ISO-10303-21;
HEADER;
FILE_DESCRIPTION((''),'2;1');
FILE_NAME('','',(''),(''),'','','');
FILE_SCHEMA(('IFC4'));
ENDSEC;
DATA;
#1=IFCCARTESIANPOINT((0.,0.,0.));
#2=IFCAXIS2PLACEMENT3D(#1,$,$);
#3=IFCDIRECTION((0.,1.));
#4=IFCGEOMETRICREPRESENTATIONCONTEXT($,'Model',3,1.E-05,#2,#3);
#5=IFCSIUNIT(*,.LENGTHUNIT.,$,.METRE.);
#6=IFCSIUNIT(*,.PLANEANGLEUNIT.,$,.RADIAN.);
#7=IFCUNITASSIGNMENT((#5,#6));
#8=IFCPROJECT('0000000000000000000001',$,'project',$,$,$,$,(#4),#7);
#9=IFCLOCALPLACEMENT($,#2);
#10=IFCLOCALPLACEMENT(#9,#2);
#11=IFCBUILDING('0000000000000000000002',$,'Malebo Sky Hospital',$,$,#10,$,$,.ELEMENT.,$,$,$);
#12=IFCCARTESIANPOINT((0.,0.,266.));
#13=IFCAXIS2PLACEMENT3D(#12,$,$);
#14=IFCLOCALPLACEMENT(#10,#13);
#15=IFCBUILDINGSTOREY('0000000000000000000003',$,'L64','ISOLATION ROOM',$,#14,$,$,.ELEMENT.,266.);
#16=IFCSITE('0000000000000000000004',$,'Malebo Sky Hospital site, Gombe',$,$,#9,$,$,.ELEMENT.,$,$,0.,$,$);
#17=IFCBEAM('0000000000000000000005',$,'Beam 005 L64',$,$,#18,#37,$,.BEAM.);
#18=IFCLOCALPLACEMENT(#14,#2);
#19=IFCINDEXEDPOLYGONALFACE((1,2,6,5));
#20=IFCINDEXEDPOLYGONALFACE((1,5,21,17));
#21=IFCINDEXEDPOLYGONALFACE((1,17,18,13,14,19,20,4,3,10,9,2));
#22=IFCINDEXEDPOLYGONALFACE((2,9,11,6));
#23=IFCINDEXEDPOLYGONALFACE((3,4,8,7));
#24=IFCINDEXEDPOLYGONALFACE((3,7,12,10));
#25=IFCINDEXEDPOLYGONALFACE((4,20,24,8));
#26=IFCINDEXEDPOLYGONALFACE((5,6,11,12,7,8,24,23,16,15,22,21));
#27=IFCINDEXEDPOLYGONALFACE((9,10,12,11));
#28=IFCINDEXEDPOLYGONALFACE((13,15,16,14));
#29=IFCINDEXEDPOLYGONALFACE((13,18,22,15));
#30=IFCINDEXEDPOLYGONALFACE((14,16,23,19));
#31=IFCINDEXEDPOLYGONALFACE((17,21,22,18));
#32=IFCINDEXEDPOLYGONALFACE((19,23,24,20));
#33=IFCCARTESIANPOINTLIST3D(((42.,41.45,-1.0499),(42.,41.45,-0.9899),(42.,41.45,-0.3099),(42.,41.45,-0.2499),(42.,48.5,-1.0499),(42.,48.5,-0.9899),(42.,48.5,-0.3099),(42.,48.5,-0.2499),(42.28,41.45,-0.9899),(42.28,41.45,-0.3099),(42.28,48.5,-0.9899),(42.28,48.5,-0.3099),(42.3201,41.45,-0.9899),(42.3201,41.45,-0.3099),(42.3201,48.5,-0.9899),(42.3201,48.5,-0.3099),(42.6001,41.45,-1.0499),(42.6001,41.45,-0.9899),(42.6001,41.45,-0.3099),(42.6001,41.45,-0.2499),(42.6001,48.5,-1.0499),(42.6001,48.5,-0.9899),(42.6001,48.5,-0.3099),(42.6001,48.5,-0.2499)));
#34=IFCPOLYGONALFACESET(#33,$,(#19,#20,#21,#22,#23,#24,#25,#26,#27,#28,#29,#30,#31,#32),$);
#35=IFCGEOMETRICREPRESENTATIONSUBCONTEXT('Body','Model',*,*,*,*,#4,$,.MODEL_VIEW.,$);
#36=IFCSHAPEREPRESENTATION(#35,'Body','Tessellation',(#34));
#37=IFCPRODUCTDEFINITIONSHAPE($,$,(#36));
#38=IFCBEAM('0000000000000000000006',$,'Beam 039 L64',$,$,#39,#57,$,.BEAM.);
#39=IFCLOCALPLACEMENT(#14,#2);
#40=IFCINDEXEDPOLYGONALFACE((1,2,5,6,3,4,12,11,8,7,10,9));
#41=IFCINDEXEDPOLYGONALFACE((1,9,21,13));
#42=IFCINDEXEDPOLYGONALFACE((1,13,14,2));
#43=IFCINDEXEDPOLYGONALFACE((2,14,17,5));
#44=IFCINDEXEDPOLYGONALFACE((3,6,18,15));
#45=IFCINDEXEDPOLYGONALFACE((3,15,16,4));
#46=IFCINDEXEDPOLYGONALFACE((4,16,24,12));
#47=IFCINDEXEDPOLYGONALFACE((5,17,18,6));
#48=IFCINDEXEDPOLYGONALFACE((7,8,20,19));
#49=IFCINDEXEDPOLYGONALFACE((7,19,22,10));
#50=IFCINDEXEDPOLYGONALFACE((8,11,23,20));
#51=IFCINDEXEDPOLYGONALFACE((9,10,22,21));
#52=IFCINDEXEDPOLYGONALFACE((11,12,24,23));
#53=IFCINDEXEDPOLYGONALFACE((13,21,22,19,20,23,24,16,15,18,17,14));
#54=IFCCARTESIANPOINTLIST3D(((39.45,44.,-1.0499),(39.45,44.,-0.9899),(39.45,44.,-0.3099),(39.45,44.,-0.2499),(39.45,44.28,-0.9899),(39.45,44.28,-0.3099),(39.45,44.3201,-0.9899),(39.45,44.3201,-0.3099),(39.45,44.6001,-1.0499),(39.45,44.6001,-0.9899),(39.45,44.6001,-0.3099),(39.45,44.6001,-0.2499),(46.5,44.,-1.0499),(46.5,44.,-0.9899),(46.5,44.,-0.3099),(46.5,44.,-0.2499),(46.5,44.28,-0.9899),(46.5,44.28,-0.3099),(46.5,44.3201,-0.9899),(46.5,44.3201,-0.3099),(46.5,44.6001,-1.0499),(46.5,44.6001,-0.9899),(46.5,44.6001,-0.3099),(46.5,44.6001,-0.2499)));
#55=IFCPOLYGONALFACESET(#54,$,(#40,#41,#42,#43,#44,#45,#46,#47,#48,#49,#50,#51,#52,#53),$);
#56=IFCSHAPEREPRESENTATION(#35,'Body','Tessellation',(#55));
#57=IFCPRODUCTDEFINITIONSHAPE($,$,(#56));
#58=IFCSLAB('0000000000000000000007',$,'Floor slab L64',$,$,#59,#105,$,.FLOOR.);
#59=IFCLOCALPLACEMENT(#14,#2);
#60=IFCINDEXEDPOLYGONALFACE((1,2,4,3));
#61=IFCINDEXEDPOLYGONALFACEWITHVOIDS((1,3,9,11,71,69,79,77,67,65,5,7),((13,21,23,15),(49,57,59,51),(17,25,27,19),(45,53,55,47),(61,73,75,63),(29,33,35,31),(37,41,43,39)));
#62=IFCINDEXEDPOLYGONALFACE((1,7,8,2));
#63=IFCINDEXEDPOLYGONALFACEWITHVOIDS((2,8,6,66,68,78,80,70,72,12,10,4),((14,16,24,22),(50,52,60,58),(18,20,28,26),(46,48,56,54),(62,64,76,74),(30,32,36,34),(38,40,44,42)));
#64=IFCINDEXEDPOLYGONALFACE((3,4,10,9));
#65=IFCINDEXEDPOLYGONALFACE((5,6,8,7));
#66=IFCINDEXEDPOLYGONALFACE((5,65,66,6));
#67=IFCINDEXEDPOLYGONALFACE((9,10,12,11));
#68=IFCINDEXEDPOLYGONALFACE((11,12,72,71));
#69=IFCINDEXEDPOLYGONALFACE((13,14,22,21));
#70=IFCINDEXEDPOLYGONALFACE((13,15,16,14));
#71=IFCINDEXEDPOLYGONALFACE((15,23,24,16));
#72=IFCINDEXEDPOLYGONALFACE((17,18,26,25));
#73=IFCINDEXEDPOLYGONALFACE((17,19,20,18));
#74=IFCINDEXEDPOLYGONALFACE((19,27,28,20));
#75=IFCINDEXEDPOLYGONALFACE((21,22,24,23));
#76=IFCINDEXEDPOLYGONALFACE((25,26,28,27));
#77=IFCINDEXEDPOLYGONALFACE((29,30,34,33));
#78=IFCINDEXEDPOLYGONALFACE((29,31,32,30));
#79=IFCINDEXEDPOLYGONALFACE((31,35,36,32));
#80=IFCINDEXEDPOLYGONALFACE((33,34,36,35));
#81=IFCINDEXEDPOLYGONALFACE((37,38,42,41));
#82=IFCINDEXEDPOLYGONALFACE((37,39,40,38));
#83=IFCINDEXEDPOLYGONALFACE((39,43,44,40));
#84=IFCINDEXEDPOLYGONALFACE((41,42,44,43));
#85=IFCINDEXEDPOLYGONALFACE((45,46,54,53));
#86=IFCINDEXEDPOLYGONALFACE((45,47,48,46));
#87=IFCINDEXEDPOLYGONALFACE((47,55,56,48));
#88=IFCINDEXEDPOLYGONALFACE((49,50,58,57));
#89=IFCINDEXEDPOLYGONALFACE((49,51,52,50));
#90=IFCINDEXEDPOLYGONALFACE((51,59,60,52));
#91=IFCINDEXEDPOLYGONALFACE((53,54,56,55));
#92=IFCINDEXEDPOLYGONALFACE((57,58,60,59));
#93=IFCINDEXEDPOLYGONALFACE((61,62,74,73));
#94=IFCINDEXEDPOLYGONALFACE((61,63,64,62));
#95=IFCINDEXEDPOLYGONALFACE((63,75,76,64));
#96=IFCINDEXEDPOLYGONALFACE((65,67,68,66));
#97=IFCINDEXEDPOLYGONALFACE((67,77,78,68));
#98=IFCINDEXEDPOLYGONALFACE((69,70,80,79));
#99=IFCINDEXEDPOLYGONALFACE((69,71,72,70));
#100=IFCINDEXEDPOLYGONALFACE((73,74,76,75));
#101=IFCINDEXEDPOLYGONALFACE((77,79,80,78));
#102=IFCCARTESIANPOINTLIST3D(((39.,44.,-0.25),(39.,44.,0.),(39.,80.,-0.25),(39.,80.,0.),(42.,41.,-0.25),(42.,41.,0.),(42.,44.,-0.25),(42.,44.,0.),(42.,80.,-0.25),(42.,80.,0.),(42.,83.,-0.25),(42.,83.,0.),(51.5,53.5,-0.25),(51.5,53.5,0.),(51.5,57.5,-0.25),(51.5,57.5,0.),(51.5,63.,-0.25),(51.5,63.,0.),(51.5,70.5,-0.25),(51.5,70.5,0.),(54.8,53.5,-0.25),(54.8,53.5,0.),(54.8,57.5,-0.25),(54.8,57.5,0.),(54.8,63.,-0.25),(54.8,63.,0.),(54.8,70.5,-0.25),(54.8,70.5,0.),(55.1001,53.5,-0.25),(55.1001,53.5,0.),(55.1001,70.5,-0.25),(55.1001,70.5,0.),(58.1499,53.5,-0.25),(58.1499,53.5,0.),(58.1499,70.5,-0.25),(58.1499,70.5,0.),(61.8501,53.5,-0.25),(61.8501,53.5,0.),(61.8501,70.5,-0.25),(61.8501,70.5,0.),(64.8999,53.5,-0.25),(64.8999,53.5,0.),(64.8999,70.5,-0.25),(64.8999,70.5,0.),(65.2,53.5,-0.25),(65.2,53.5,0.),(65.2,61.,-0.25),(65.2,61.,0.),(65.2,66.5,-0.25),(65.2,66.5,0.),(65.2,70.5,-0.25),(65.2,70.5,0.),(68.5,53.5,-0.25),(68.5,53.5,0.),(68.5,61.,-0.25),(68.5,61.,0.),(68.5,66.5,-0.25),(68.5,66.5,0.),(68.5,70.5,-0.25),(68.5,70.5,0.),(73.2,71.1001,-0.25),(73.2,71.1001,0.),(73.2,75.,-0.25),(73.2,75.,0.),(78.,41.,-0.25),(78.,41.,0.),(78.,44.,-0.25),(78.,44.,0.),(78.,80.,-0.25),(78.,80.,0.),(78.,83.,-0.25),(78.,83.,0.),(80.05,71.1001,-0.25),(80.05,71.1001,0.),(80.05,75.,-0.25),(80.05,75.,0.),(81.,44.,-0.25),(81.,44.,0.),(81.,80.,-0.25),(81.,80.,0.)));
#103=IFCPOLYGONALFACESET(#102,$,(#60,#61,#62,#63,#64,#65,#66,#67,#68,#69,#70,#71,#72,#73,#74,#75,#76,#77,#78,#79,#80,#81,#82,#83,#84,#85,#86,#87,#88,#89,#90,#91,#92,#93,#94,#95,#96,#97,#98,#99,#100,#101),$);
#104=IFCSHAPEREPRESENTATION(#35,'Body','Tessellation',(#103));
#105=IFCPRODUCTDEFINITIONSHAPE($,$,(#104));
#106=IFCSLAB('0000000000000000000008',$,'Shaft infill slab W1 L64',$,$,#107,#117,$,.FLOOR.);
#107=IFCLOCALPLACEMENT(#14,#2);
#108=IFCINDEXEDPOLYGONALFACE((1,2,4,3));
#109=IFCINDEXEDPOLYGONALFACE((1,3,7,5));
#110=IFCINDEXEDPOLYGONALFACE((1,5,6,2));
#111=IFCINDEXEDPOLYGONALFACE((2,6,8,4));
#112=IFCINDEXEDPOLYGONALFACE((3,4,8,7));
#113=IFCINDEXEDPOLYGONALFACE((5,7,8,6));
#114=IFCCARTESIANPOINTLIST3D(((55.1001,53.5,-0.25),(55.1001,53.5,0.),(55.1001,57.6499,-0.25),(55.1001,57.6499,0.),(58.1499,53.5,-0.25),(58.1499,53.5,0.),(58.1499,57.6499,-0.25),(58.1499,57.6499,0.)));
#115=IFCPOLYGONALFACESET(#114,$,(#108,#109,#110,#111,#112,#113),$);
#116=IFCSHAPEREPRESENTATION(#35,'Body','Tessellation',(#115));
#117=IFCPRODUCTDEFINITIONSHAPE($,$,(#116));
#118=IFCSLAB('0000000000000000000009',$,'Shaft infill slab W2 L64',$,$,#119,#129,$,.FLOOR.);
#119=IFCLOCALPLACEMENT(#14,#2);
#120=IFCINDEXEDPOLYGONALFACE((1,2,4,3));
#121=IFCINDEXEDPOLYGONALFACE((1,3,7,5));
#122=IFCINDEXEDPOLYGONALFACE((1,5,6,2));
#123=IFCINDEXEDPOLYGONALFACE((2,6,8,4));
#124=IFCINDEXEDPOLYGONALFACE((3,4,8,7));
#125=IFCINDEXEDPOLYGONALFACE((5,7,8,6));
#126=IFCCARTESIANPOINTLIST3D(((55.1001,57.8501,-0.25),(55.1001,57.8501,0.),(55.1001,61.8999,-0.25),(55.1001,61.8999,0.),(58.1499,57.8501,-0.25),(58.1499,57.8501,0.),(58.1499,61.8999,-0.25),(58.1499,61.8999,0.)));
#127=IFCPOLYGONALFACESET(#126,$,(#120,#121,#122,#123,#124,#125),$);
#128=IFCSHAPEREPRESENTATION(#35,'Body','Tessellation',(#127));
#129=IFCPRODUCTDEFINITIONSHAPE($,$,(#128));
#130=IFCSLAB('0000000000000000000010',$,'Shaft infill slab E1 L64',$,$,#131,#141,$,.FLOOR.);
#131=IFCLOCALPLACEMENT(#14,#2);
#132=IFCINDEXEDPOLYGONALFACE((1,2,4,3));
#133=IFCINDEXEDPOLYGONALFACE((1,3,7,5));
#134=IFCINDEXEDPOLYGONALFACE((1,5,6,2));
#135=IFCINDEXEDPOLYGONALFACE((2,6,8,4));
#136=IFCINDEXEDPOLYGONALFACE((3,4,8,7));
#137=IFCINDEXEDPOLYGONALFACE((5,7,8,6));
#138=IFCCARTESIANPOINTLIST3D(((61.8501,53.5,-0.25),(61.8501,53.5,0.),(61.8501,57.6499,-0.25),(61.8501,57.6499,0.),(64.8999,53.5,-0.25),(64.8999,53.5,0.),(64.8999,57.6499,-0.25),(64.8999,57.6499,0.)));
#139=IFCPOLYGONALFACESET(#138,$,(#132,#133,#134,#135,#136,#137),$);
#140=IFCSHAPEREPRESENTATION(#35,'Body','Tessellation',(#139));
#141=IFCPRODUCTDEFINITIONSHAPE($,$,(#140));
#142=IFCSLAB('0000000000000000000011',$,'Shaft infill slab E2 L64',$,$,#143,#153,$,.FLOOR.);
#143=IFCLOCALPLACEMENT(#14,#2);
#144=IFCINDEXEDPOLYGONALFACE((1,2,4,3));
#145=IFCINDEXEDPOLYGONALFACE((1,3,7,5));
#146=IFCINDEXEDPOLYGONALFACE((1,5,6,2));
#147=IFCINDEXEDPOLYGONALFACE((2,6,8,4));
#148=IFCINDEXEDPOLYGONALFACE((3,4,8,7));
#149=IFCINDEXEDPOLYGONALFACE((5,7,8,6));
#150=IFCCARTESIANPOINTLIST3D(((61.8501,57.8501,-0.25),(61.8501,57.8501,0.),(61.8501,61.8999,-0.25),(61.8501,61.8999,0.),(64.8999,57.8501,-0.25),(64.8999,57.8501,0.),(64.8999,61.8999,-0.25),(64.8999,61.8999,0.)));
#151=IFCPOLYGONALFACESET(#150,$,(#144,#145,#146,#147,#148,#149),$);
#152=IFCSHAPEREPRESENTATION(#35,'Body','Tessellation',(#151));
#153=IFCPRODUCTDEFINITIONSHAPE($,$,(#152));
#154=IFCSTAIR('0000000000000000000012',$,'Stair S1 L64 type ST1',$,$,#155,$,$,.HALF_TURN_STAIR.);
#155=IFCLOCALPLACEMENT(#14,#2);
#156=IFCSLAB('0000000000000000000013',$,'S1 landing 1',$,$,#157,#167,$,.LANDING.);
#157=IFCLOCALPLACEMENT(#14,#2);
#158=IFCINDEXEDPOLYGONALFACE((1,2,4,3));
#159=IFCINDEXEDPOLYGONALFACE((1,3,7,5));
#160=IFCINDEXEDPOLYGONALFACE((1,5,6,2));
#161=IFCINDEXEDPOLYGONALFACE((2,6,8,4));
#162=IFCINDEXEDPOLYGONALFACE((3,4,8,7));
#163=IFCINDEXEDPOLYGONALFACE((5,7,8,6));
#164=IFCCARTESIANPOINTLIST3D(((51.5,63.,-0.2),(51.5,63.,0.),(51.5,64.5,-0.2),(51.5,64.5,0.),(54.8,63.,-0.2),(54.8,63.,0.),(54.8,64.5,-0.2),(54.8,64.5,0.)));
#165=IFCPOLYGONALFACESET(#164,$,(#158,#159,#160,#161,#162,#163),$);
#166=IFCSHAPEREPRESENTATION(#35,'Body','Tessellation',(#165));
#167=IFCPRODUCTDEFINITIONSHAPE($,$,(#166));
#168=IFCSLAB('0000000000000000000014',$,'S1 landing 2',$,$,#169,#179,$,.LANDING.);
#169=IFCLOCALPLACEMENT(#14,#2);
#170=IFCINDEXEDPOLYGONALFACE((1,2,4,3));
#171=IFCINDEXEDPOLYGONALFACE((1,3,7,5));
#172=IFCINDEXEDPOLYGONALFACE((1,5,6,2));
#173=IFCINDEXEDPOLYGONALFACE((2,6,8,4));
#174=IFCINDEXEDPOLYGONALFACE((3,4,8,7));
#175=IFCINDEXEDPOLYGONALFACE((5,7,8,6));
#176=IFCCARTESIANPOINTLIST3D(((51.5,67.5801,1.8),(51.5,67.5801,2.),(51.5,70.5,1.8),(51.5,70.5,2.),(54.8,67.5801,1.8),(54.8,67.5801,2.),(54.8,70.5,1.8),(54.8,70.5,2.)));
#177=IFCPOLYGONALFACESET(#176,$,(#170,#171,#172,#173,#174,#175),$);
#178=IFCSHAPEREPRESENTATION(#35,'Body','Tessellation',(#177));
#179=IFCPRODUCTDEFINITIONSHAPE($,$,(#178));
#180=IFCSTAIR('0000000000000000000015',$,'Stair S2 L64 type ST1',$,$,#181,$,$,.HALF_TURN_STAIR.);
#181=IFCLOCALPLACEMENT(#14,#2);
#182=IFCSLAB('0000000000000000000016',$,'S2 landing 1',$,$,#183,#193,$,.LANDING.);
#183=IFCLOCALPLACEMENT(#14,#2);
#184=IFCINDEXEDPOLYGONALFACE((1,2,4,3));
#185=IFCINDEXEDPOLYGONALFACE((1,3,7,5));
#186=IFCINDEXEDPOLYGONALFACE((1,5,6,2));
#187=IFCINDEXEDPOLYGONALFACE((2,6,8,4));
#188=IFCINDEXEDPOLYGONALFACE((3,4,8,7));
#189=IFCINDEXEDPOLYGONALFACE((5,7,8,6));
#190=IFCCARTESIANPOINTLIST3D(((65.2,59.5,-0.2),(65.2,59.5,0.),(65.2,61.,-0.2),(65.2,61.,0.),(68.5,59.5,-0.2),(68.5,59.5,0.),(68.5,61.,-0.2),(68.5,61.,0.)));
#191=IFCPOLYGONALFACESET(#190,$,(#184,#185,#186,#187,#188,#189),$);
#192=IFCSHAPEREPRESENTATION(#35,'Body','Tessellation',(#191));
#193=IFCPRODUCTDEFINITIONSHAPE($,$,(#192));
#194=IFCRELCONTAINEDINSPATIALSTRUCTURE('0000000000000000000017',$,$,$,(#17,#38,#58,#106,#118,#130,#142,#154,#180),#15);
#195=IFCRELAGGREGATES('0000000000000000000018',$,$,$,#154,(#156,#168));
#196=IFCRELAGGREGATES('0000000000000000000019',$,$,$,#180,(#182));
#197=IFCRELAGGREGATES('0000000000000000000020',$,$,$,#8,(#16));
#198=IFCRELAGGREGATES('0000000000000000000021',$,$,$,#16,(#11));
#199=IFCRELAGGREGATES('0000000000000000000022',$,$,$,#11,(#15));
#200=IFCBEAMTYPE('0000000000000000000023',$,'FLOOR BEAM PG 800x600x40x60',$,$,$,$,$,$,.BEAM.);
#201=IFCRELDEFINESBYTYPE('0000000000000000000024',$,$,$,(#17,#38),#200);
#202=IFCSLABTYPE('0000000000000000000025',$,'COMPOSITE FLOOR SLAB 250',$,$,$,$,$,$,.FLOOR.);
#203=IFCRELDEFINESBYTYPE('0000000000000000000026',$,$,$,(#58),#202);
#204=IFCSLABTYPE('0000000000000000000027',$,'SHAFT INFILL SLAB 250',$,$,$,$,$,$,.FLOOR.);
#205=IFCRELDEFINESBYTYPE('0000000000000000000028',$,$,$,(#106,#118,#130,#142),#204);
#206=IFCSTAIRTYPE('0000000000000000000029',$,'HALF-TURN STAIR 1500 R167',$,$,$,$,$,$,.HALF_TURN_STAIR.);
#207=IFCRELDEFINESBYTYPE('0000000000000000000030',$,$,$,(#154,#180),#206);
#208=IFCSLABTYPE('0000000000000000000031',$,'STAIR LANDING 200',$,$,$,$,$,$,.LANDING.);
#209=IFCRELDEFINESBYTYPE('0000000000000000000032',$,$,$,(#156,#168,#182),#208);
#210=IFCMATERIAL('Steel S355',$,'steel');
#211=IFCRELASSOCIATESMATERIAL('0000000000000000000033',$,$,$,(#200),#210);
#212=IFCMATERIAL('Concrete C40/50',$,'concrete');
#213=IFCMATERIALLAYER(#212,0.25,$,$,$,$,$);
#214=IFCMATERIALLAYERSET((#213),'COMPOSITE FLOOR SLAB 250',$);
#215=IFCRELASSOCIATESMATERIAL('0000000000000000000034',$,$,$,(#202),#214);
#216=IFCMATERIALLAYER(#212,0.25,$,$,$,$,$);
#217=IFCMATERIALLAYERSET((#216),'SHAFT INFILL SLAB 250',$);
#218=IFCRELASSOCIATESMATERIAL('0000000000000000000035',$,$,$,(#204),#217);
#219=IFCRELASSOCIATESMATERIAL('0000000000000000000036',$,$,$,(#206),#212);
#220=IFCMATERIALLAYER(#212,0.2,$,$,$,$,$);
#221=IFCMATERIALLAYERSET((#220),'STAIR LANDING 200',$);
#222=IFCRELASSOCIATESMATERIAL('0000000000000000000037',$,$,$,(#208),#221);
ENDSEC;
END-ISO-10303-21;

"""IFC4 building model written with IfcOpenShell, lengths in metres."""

from ifc_helpers import new_model, si_unit, direction, frame, origin, origin_2d, place, context, subcontext, project, spatial, polyline, i_section, outline, extrude, material, layer, layer_set, material_profile, profile_set, type_object, element, aggregate, save


model = new_model("IFC4")

# Units and contexts
model_context = context("Model", 3, precision=1e-05, world=origin(), true_north=direction((0.0, 1.0)))
body_context = subcontext(model_context, "Body", "Model", "MODEL_VIEW")
ifc_project = project(units=[si_unit("LENGTHUNIT", "METRE"), si_unit("PLANEANGLEUNIT", "RADIAN")], contexts=[model_context])

# Site, building, storey
site_placement = place(None, origin())
site = spatial("IfcSite", under=ifc_project, at=site_placement, Name="Malebo Sky Hospital site, Gombe", CompositionType="ELEMENT", RefElevation=0.0)
building_placement = place(site_placement, origin())
building = spatial("IfcBuilding", under=site, at=building_placement, Name="Malebo Sky Hospital", CompositionType="ELEMENT")
storey_placement = place(building_placement, frame((0.0, 0.0, 266.0)))
storey = spatial("IfcBuildingStorey", under=building, at=storey_placement, Name="L64", Description="ISOLATION ROOM", CompositionType="ELEMENT", Elevation=266.0)

# Beams
ifc_material_1 = material(Name="Steel S355", Category="steel")
ifc_material_profile_1 = material_profile(ifc_material_1, i_section(OverallWidth=0.6001, OverallDepth=0.8, WebThickness=0.04, FlangeThickness=0.0601, at=origin_2d()), Name="PG 800x600x40x60")
ifc_profile_set_1 = profile_set([ifc_material_profile_1], Name="Steel S355")
beam_type_1 = type_object("IfcBeamType", Name="FLOOR BEAM PG 800x600x40x60", PredefinedType="BEAM", material=ifc_profile_set_1)
for number, where, z_axis, x_axis, name in (
    (1, (42.3, 41.45, -0.6499), (0.0, 1.0, 0.0), (-1.0, 0.0, 0.0), "Beam 005 L64"),
    (2, (39.45, 44.3, -0.6499), (1.0, 0.0, 0.0), (0.0, 1.0, 0.0), "Beam 039 L64"),
):
    element("IfcBeam", number, at=place(storey_placement, frame(where, z_axis=z_axis, x_axis=x_axis)), inside=storey, type_object=beam_type_1, Name=name, PredefinedType="BEAM", context=body_context, shape_type="SweptSolid", body=[
        extrude(i_section(OverallWidth=0.6001, OverallDepth=0.8, WebThickness=0.04, FlangeThickness=0.0601, at=origin_2d()), origin(), (0.0, 0.0, 1.0), 7.05),
    ])

# Slabs
ifc_material_2 = material(Name="Concrete C40/50", Category="concrete")
ifc_layer_1 = layer(ifc_material_2, 0.25)
ifc_layer_set_1 = layer_set([ifc_layer_1], Name="COMPOSITE FLOOR SLAB 250")
slab_type_1 = type_object("IfcSlabType", Name="COMPOSITE FLOOR SLAB 250", PredefinedType="FLOOR", material=ifc_layer_set_1)
slab_1_placement = place(storey_placement, frame((0.0, 0.0, -0.25)))
element("IfcSlab", 3, at=slab_1_placement, inside=storey, type_object=slab_type_1, Name="Floor slab L64", PredefinedType="FLOOR", context=body_context, shape_type="SweptSolid", body=[
    extrude(outline(polyline([(42.0, 83.0), (42.0, 80.0), (39.0, 80.0), (39.0, 44.0), (42.0, 44.0), (42.0, 41.0), (78.0, 41.0), (78.0, 44.0), (81.0, 44.0), (81.0, 80.0), (78.0, 80.0), (78.0, 83.0), (42.0, 83.0)]), holes=[polyline([(55.1001, 70.5), (58.1499, 70.5), (58.1499, 53.5), (55.1001, 53.5), (55.1001, 70.5)]), polyline([(64.8999, 70.5), (64.8999, 53.5), (61.8501, 53.5), (61.8501, 70.5), (64.8999, 70.5)]), polyline([(54.8, 63.0), (51.5, 63.0), (51.5, 70.5), (54.8, 70.5), (54.8, 63.0)]), polyline([(51.5, 53.5), (51.5, 57.5), (54.8, 57.5), (54.8, 53.5), (51.5, 53.5)]), polyline([(65.2, 61.0), (68.5, 61.0), (68.5, 53.5), (65.2, 53.5), (65.2, 61.0)]), polyline([(68.5, 70.5), (68.5, 66.5), (65.2, 66.5), (65.2, 70.5), (68.5, 70.5)]), polyline([(80.05, 71.1001), (73.2, 71.1001), (73.2, 75.0), (80.05, 75.0), (80.05, 71.1001)])]), origin(), (0.0, 0.0, 1.0), 0.25),
])
ifc_layer_2 = layer(ifc_material_2, 0.25)
ifc_layer_set_2 = layer_set([ifc_layer_2], Name="SHAFT INFILL SLAB 250")
slab_type_2 = type_object("IfcSlabType", Name="SHAFT INFILL SLAB 250", PredefinedType="FLOOR", material=ifc_layer_set_2)
slab_2_placement = place(storey_placement, frame((0.0, 0.0, -0.25)))
element("IfcSlab", 4, at=slab_2_placement, inside=storey, type_object=slab_type_2, Name="Shaft infill slab W1 L64", PredefinedType="FLOOR", context=body_context, shape_type="SweptSolid", body=[
    extrude(outline(polyline([(55.1001, 53.5), (58.1499, 53.5), (58.1499, 57.6499), (55.1001, 57.6499), (55.1001, 53.5)])), origin(), (0.0, 0.0, 1.0), 0.25),
])
slab_3_placement = place(storey_placement, frame((0.0, 0.0, -0.25)))
element("IfcSlab", 5, at=slab_3_placement, inside=storey, type_object=slab_type_2, Name="Shaft infill slab W2 L64", PredefinedType="FLOOR", context=body_context, shape_type="SweptSolid", body=[
    extrude(outline(polyline([(55.1001, 57.8501), (58.1499, 57.8501), (58.1499, 61.8999), (55.1001, 61.8999), (55.1001, 57.8501)])), origin(), (0.0, 0.0, 1.0), 0.25),
])
slab_4_placement = place(storey_placement, frame((0.0, 0.0, -0.25)))
element("IfcSlab", 6, at=slab_4_placement, inside=storey, type_object=slab_type_2, Name="Shaft infill slab E1 L64", PredefinedType="FLOOR", context=body_context, shape_type="SweptSolid", body=[
    extrude(outline(polyline([(61.8501, 53.5), (64.8999, 53.5), (64.8999, 57.6499), (61.8501, 57.6499), (61.8501, 53.5)])), origin(), (0.0, 0.0, 1.0), 0.25),
])
slab_5_placement = place(storey_placement, frame((0.0, 0.0, -0.25)))
element("IfcSlab", 7, at=slab_5_placement, inside=storey, type_object=slab_type_2, Name="Shaft infill slab E2 L64", PredefinedType="FLOOR", context=body_context, shape_type="SweptSolid", body=[
    extrude(outline(polyline([(61.8501, 57.8501), (64.8999, 57.8501), (64.8999, 61.8999), (61.8501, 61.8999), (61.8501, 57.8501)])), origin(), (0.0, 0.0, 1.0), 0.25),
])

# Stairs, slabs
stair_type_1 = type_object("IfcStairType", Name="HALF-TURN STAIR 1500 R167", PredefinedType="HALF_TURN_STAIR", material=ifc_material_2)
stair_1_placement = place(storey_placement, origin())
stair_1 = element("IfcStair", 8, at=stair_1_placement, inside=storey, type_object=stair_type_1, Name="Stair S1 L64 type ST1", PredefinedType="HALF_TURN_STAIR")
ifc_layer_3 = layer(ifc_material_2, 0.2)
ifc_layer_set_3 = layer_set([ifc_layer_3], Name="STAIR LANDING 200")
slab_type_3 = type_object("IfcSlabType", Name="STAIR LANDING 200", PredefinedType="LANDING", material=ifc_layer_set_3)
slab_6_placement = place(storey_placement, frame((0.0, 0.0, -0.2)))
slab_6 = element("IfcSlab", 9, at=slab_6_placement, type_object=slab_type_3, Name="S1 landing 1", PredefinedType="LANDING", context=body_context, shape_type="SweptSolid", body=[
    extrude(outline(polyline([(51.5, 63.0), (54.8, 63.0), (54.8, 64.5), (51.5, 64.5), (51.5, 63.0)])), origin(), (0.0, 0.0, 1.0), 0.2),
])
slab_7_placement = place(storey_placement, frame((0.0, 0.0, 1.8)))
slab_7 = element("IfcSlab", 10, at=slab_7_placement, type_object=slab_type_3, Name="S1 landing 2", PredefinedType="LANDING", context=body_context, shape_type="SweptSolid", body=[
    extrude(outline(polyline([(51.5, 67.5801), (54.8, 67.5801), (54.8, 70.5), (51.5, 70.5), (51.5, 67.5801)])), origin(), (0.0, 0.0, 1.0), 0.2),
])
aggregate(stair_1, [slab_6, slab_7])
stair_2_placement = place(storey_placement, origin())
stair_2 = element("IfcStair", 11, at=stair_2_placement, inside=storey, type_object=stair_type_1, Name="Stair S2 L64 type ST1", PredefinedType="HALF_TURN_STAIR")
slab_8_placement = place(storey_placement, frame((0.0, 0.0, -0.2)))
slab_8 = element("IfcSlab", 12, at=slab_8_placement, type_object=slab_type_3, Name="S2 landing 1", PredefinedType="LANDING", context=body_context, shape_type="SweptSolid", body=[
    extrude(outline(polyline([(65.2, 59.5), (68.5, 59.5), (68.5, 61.0), (65.2, 61.0), (65.2, 59.5)])), origin(), (0.0, 0.0, 1.0), 0.2),
])
aggregate(stair_2, [slab_8])

save(model, "model.ifc")
